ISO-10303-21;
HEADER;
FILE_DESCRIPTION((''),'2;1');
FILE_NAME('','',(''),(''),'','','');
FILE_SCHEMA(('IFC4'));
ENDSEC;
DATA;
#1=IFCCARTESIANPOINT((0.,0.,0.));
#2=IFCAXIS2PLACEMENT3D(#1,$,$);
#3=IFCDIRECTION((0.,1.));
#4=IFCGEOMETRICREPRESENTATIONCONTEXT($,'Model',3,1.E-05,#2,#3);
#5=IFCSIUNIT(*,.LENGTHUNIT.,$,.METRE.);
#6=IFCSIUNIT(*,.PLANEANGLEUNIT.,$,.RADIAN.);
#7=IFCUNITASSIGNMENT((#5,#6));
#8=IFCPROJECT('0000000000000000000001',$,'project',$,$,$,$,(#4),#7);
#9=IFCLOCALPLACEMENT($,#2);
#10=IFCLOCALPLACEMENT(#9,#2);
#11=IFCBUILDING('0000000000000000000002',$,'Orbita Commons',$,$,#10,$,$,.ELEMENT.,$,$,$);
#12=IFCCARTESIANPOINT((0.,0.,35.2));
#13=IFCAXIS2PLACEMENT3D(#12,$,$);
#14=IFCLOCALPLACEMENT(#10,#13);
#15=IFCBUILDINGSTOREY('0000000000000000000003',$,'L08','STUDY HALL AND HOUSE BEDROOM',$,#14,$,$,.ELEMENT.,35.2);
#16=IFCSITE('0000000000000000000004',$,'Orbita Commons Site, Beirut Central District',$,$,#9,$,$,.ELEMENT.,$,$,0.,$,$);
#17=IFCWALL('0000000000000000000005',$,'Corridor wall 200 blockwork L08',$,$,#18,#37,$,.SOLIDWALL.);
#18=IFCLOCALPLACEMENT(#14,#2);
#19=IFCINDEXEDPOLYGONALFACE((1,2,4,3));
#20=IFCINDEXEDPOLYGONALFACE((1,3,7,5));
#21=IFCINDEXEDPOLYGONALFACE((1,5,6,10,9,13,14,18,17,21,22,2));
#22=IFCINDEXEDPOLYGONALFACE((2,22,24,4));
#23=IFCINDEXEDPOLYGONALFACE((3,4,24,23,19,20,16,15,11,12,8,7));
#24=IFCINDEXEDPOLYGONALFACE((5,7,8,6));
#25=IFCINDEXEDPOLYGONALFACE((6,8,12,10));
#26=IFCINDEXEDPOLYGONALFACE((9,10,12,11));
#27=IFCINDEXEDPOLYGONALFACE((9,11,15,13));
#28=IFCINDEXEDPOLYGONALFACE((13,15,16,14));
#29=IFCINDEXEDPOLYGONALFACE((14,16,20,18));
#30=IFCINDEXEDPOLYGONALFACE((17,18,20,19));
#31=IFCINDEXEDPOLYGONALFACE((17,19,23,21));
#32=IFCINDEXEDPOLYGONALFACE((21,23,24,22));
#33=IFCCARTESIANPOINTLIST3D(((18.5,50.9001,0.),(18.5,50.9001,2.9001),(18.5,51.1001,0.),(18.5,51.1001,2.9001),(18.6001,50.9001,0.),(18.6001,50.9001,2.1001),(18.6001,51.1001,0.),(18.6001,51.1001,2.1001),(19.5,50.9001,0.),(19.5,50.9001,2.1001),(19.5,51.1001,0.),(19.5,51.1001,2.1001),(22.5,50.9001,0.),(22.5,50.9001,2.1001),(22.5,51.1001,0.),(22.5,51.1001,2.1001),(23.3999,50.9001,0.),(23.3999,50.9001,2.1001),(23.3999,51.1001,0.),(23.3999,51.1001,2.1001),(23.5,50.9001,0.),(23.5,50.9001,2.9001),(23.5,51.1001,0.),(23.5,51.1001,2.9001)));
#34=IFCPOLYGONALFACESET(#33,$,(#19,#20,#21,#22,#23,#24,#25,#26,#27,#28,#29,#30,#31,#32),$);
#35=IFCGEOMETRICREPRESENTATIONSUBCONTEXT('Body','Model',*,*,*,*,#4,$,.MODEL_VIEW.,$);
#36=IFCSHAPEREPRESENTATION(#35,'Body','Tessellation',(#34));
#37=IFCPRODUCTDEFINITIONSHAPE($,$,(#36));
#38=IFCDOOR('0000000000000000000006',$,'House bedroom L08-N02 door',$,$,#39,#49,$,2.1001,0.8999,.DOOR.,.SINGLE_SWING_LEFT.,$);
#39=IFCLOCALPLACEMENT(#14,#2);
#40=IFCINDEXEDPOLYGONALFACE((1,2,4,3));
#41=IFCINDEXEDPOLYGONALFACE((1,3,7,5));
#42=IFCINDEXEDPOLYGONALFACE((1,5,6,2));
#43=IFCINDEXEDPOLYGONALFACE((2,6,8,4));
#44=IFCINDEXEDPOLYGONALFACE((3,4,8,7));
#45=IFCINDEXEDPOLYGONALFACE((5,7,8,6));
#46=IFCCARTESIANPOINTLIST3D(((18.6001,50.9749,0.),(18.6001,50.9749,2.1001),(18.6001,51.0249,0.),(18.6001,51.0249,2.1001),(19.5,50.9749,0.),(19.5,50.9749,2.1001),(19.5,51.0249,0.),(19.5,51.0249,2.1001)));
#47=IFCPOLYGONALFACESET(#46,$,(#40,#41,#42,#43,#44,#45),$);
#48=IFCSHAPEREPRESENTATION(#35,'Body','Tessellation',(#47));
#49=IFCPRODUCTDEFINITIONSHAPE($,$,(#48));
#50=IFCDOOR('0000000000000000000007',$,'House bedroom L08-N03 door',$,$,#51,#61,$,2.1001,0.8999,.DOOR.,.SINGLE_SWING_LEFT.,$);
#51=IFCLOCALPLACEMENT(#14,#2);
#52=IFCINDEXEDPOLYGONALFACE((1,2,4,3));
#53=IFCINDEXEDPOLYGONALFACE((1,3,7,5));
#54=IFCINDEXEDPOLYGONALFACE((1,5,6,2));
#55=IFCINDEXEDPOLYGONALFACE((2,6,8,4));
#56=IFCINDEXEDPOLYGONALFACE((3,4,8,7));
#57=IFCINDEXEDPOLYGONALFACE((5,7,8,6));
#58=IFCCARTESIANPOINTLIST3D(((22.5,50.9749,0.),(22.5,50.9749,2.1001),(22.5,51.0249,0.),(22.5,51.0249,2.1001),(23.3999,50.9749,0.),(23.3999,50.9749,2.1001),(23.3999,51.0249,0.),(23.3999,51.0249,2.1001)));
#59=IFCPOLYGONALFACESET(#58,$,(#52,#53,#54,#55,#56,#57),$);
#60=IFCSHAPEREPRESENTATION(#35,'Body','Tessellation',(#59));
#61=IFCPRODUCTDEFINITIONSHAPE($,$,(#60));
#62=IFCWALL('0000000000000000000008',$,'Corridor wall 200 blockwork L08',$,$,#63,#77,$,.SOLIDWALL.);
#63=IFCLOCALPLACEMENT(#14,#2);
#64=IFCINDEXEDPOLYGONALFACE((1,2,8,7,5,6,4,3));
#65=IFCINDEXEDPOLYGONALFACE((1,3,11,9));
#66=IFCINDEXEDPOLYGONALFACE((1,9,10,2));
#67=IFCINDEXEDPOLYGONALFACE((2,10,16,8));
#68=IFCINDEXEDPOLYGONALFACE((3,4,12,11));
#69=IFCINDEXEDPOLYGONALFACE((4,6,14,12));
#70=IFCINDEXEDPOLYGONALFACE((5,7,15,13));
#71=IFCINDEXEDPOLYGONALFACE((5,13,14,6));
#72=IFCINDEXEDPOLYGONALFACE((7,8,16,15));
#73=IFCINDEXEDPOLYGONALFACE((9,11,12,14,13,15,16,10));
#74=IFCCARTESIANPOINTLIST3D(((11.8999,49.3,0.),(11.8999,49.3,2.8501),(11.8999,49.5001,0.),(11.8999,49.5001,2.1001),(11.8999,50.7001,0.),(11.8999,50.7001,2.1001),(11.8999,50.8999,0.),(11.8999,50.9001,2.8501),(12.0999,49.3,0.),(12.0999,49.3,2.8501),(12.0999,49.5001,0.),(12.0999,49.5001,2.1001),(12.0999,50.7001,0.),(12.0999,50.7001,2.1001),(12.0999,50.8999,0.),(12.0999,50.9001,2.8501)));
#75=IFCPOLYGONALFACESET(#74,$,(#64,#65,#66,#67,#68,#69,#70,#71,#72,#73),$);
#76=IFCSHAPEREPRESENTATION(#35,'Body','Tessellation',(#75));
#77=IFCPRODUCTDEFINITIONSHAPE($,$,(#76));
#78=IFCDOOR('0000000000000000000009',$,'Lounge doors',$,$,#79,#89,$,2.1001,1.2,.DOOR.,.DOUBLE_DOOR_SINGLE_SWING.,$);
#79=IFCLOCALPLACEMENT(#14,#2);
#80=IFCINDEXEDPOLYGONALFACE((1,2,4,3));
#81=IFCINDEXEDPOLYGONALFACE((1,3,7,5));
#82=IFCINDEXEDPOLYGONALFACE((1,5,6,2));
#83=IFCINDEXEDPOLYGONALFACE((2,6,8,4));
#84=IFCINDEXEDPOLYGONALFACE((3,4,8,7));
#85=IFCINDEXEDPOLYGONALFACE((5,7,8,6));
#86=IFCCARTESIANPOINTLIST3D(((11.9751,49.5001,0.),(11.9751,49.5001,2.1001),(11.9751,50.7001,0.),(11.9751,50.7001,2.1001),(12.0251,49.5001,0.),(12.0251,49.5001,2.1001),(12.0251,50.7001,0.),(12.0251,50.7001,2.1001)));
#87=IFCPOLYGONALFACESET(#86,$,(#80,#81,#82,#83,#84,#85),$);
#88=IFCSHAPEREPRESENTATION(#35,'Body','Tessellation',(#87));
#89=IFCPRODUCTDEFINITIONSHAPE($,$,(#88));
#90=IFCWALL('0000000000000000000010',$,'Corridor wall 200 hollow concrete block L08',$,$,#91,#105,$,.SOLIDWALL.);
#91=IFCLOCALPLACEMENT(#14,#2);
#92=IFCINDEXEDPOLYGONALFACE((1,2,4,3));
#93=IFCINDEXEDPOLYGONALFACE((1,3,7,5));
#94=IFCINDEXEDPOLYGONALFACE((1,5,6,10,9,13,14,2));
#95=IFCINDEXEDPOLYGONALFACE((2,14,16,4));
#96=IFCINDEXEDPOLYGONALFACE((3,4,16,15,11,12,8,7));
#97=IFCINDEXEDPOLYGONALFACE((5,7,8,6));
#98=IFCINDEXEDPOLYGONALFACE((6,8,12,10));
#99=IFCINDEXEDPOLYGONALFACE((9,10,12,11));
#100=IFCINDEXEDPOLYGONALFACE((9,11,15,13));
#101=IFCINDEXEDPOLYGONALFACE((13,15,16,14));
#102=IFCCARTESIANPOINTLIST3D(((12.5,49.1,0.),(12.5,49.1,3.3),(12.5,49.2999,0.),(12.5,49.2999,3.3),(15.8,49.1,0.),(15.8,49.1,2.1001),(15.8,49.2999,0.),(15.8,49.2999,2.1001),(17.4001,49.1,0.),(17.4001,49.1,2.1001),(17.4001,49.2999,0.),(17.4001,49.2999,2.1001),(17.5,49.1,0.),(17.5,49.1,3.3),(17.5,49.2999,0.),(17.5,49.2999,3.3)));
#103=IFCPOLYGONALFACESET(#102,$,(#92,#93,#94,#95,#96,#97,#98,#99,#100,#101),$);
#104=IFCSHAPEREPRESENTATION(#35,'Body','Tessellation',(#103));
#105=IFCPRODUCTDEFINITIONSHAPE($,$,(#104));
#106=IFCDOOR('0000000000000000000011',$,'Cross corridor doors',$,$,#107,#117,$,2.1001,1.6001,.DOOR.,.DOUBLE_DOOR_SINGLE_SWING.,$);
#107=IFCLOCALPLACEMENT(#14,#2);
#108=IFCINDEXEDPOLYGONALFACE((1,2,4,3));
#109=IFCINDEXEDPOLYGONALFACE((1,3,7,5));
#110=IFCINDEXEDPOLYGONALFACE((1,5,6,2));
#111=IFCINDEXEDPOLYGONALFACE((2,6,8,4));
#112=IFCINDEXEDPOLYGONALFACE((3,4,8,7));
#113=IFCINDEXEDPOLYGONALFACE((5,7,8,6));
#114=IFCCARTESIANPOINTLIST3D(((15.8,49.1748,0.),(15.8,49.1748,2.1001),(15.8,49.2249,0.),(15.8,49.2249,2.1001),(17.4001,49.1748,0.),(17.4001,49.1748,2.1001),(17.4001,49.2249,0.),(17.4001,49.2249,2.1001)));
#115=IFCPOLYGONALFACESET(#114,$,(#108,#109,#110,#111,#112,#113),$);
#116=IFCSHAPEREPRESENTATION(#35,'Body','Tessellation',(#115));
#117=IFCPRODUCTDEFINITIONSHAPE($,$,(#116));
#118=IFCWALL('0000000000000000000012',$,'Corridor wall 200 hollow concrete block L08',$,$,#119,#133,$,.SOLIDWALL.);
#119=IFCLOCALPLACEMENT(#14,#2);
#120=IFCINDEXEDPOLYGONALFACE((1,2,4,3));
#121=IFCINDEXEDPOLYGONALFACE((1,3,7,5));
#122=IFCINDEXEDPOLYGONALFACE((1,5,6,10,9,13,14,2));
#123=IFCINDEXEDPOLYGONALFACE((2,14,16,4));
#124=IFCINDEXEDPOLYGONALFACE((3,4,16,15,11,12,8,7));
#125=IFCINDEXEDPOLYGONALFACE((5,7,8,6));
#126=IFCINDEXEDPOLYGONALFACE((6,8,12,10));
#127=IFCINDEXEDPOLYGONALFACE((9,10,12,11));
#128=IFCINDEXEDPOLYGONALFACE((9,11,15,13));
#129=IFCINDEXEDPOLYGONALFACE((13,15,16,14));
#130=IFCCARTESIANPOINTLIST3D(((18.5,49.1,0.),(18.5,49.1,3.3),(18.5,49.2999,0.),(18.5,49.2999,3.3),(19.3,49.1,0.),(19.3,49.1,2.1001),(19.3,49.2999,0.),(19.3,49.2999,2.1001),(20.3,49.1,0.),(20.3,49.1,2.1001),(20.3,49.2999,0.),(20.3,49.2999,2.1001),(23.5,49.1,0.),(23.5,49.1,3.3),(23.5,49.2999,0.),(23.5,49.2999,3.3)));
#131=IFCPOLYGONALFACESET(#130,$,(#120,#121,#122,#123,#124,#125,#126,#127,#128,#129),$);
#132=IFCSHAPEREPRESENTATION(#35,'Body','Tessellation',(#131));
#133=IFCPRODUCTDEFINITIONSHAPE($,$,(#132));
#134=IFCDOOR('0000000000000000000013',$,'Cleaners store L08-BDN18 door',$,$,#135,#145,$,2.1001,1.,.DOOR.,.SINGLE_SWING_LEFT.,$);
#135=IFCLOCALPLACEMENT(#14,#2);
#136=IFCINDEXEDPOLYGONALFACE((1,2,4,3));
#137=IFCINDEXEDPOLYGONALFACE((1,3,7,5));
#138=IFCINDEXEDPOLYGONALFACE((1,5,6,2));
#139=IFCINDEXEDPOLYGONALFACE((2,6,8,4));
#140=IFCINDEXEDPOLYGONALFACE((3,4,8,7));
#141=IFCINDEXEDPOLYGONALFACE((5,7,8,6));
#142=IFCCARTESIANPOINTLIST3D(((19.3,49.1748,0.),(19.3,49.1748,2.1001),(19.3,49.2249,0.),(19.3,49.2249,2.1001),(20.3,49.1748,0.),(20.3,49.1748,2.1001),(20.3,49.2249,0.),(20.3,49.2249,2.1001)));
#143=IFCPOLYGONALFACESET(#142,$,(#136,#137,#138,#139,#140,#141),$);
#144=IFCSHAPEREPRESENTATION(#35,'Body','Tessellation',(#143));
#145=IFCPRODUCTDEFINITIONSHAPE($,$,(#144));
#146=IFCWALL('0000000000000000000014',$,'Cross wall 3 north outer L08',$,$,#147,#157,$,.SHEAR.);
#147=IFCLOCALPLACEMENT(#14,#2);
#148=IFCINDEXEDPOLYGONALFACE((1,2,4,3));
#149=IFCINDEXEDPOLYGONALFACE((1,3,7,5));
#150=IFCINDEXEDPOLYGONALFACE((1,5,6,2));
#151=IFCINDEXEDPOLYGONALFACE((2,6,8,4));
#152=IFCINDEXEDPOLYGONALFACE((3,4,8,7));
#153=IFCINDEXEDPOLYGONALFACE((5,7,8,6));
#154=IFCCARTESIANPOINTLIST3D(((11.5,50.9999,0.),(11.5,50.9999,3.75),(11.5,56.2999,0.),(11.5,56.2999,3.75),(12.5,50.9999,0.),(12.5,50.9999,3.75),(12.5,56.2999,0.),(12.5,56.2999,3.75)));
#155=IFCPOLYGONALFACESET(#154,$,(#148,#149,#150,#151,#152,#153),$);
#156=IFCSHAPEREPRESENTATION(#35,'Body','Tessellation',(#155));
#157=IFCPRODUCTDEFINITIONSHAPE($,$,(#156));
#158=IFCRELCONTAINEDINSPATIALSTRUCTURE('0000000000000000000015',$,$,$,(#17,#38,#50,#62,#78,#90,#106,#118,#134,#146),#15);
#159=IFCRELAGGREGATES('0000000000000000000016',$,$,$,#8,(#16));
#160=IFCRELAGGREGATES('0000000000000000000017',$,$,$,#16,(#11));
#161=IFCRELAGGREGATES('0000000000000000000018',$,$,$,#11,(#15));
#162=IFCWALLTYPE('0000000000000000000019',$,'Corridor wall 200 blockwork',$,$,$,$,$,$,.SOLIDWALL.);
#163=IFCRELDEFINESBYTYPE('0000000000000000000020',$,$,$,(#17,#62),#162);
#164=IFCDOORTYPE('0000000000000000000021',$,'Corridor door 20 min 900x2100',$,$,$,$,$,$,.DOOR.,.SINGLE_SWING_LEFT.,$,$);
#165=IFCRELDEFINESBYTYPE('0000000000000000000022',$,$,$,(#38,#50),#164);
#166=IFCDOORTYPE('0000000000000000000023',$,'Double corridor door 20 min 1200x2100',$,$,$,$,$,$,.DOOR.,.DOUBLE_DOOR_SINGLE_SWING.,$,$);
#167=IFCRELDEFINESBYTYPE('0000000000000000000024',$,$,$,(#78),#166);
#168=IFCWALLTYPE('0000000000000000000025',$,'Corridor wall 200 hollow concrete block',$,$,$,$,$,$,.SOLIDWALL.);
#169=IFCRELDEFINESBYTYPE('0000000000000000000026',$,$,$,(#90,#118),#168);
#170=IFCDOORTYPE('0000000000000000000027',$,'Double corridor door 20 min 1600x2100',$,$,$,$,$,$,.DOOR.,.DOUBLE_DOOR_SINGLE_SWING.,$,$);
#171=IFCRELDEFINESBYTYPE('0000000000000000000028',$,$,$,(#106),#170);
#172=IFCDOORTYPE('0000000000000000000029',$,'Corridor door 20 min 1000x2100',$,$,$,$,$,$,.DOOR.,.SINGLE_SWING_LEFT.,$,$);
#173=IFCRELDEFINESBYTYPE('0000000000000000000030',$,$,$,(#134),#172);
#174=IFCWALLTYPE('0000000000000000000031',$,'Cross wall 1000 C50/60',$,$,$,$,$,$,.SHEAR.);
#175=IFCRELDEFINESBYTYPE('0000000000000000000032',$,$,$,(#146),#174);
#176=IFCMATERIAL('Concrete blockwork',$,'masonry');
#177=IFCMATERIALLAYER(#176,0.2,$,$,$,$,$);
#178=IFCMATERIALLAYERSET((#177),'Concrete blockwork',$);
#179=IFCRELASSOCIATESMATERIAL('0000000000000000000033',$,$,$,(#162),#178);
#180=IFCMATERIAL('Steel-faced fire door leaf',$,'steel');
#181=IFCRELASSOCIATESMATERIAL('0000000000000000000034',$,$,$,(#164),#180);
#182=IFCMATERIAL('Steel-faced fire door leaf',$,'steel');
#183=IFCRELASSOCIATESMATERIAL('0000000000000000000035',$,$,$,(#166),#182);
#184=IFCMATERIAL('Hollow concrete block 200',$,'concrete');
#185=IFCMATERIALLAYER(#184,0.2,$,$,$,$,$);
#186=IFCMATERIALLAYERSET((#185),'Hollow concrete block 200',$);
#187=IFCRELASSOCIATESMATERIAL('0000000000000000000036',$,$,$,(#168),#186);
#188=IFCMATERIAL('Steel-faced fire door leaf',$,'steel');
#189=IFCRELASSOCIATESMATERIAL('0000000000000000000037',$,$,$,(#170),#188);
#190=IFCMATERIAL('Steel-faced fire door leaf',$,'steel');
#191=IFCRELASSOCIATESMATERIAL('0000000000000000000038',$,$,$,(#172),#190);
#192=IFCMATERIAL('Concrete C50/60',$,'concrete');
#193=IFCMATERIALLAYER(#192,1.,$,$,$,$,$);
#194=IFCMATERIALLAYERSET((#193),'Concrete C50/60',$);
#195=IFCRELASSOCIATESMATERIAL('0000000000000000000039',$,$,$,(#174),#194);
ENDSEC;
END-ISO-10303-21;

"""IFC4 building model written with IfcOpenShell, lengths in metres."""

from ifc_helpers import new_model, si_unit, direction, frame, frame_2d, origin, place, context, subcontext, project, spatial, polyline, rectangle, outline, extrude, material, layer, layer_set, type_object, element, fill, save


model = new_model("IFC4")

# Units and contexts
model_context = context("Model", 3, precision=1e-05, world=origin(), true_north=direction((0.0, 1.0)))
body_context = subcontext(model_context, "Body", "Model", "MODEL_VIEW")
ifc_project = project(units=[si_unit("LENGTHUNIT", "METRE"), si_unit("PLANEANGLEUNIT", "RADIAN")], contexts=[model_context])

# Site, building, storey
site_placement = place(None, origin())
site = spatial("IfcSite", under=ifc_project, at=site_placement, Name="Orbita Commons Site, Beirut Central District", CompositionType="ELEMENT", RefElevation=0.0)
building_placement = place(site_placement, origin())
building = spatial("IfcBuilding", under=site, at=building_placement, Name="Orbita Commons", CompositionType="ELEMENT")
storey_placement = place(building_placement, frame((0.0, 0.0, 35.2)))
storey = spatial("IfcBuildingStorey", under=building, at=storey_placement, Name="L08", Description="STUDY HALL AND HOUSE BEDROOM", CompositionType="ELEMENT", Elevation=35.2)

# Wall, openings, doors
ifc_material_1 = material(Name="Concrete blockwork", Category="masonry")
ifc_layer_1 = layer(ifc_material_1, 0.2)
ifc_layer_set_1 = layer_set([ifc_layer_1], Name="Concrete blockwork")
wall_type_1 = type_object("IfcWallType", Name="Corridor wall 200 blockwork", PredefinedType="SOLIDWALL", material=ifc_layer_set_1)
ifc_material_2 = material(Name="Steel-faced fire door leaf", Category="steel")
door_type_1 = type_object("IfcDoorType", Name="Corridor door 20 min 900x2100", OperationType="SINGLE_SWING_LEFT", PredefinedType="DOOR", material=ifc_material_2)
wall_1_placement = place(storey_placement, frame((18.5, 51.0, 0.0), z_axis=(0.0, 0.0, 1.0), x_axis=(1.0, 0.0, 0.0)))
wall_1 = element("IfcWall", 1, at=wall_1_placement, inside=storey, type_object=wall_type_1, Name="Corridor wall 200 blockwork L08", PredefinedType="SOLIDWALL", context=body_context, shape_type="SweptSolid", body=[
    extrude(outline(polyline([(0.0, 0.0), (5.0, 0.0), (5.0, 2.9001), (0.0, 2.9001), (0.0, 0.0)])), frame((0.0, 0.1001, 0.0), z_axis=(0.0, -1.0, 0.0), x_axis=(1.0, 0.0, 0.0)), (0.0, 0.0, 1.0), 0.2),
])
opening_1_placement = place(wall_1_placement, frame((0.1001, 0.0, 0.0)))
opening_1 = element("IfcOpeningElement", 2, at=opening_1_placement, cuts=wall_1, PredefinedType="OPENING", context=body_context, shape_type="SweptSolid", body=[
    extrude(rectangle(XDim=0.8999, YDim=2.1001, at=frame_2d((0.45, 1.05))), frame((0.0, 0.1099, 0.0), z_axis=(0.0, -1.0, 0.0), x_axis=(1.0, 0.0, 0.0)), (0.0, 0.0, 1.0), 0.22),
])
opening_2_placement = place(wall_1_placement, frame((4.0, 0.0, 0.0)))
opening_2 = element("IfcOpeningElement", 3, at=opening_2_placement, cuts=wall_1, PredefinedType="OPENING", context=body_context, shape_type="SweptSolid", body=[
    extrude(rectangle(XDim=0.8999, YDim=2.1001, at=frame_2d((0.45, 1.05))), frame((0.0, 0.1099, 0.0), z_axis=(0.0, -1.0, 0.0), x_axis=(1.0, 0.0, 0.0)), (0.0, 0.0, 1.0), 0.22),
])
door_1_placement = place(opening_1_placement, origin())
door_1 = element("IfcDoor", 4, at=door_1_placement, inside=storey, type_object=door_type_1, Name="House bedroom L08-N02 door", OperationType="SINGLE_SWING_LEFT", OverallHeight=2.1001, OverallWidth=0.8999, PredefinedType="DOOR", context=body_context, shape_type="SweptSolid", body=[
    extrude(rectangle(XDim=0.8999, YDim=2.1001, at=frame_2d((0.45, 1.05))), frame((0.0, 0.0249, 0.0), z_axis=(0.0, -1.0, 0.0), x_axis=(1.0, 0.0, 0.0)), (0.0, 0.0, 1.0), 0.05),
])
fill(opening_1, door_1)
door_2_placement = place(opening_2_placement, origin())
door_2 = element("IfcDoor", 5, at=door_2_placement, inside=storey, type_object=door_type_1, Name="House bedroom L08-N03 door", OperationType="SINGLE_SWING_LEFT", OverallHeight=2.1001, OverallWidth=0.8999, PredefinedType="DOOR", context=body_context, shape_type="SweptSolid", body=[
    extrude(rectangle(XDim=0.8999, YDim=2.1001, at=frame_2d((0.45, 1.05))), frame((0.0, 0.0249, 0.0), z_axis=(0.0, -1.0, 0.0), x_axis=(1.0, 0.0, 0.0)), (0.0, 0.0, 1.0), 0.05),
])
fill(opening_2, door_2)

# Walls, openings, doors
wall_2_placement = place(storey_placement, frame((12.0, 49.3, 0.0), z_axis=(0.0, 0.0, 1.0), x_axis=(0.0, 1.0, 0.0)))
wall_2 = element("IfcWall", 6, at=wall_2_placement, inside=storey, type_object=wall_type_1, Name="Corridor wall 200 blockwork L08", PredefinedType="SOLIDWALL", context=body_context, shape_type="SweptSolid", body=[
    extrude(outline(polyline([(0.0, 0.0), (1.5999, 0.0), (1.6001, 2.8501), (0.0, 2.8501), (0.0, 0.0)])), frame((0.0, 0.1001, 0.0), z_axis=(0.0, -1.0, 0.0), x_axis=(1.0, 0.0, 0.0)), (0.0, 0.0, 1.0), 0.2),
])
opening_3_placement = place(wall_2_placement, frame((0.2, 0.0, 0.0)))
opening_3 = element("IfcOpeningElement", 7, at=opening_3_placement, cuts=wall_2, PredefinedType="OPENING", context=body_context, shape_type="SweptSolid", body=[
    extrude(rectangle(XDim=1.2, YDim=2.1001, at=frame_2d((0.6001, 1.05))), frame((0.0, 0.1099, 0.0), z_axis=(0.0, -1.0, 0.0), x_axis=(1.0, 0.0, 0.0)), (0.0, 0.0, 1.0), 0.22),
])
ifc_material_3 = material(Name="Steel-faced fire door leaf", Category="steel")
door_type_2 = type_object("IfcDoorType", Name="Double corridor door 20 min 1200x2100", OperationType="DOUBLE_DOOR_SINGLE_SWING", PredefinedType="DOOR", material=ifc_material_3)
door_3_placement = place(opening_3_placement, origin())
door_3 = element("IfcDoor", 8, at=door_3_placement, inside=storey, type_object=door_type_2, Name="Lounge doors", OperationType="DOUBLE_DOOR_SINGLE_SWING", OverallHeight=2.1001, OverallWidth=1.2, PredefinedType="DOOR", context=body_context, shape_type="SweptSolid", body=[
    extrude(rectangle(XDim=1.2, YDim=2.1001, at=frame_2d((0.6001, 1.05))), frame((0.0, 0.0249, 0.0), z_axis=(0.0, -1.0, 0.0), x_axis=(1.0, 0.0, 0.0)), (0.0, 0.0, 1.0), 0.05),
])
fill(opening_3, door_3)
ifc_material_4 = material(Name="Hollow concrete block 200", Category="concrete")
ifc_layer_2 = layer(ifc_material_4, 0.2)
ifc_layer_set_2 = layer_set([ifc_layer_2], Name="Hollow concrete block 200")
wall_type_2 = type_object("IfcWallType", Name="Corridor wall 200 hollow concrete block", PredefinedType="SOLIDWALL", material=ifc_layer_set_2)
wall_3_placement = place(storey_placement, frame((12.5, 49.2, 0.0), z_axis=(0.0, 0.0, 1.0), x_axis=(1.0, 0.0, 0.0)))
wall_3 = element("IfcWall", 9, at=wall_3_placement, inside=storey, type_object=wall_type_2, Name="Corridor wall 200 hollow concrete block L08", PredefinedType="SOLIDWALL", context=body_context, shape_type="SweptSolid", body=[
    extrude(rectangle(XDim=5.0, YDim=0.2, at=frame_2d((2.5, 0.0))), origin(), (0.0, 0.0, 1.0), 3.3),
])
opening_4_placement = place(wall_3_placement, frame((3.3, 0.0, 0.0)))
opening_4 = element("IfcOpeningElement", 10, at=opening_4_placement, cuts=wall_3, PredefinedType="OPENING", context=body_context, shape_type="SweptSolid", body=[
    extrude(rectangle(XDim=1.6001, YDim=2.1001, at=frame_2d((0.8, 1.05))), frame((0.0, 0.1099, 0.0), z_axis=(0.0, -1.0, 0.0), x_axis=(1.0, 0.0, 0.0)), (0.0, 0.0, 1.0), 0.22),
])
ifc_material_5 = material(Name="Steel-faced fire door leaf", Category="steel")
door_type_3 = type_object("IfcDoorType", Name="Double corridor door 20 min 1600x2100", OperationType="DOUBLE_DOOR_SINGLE_SWING", PredefinedType="DOOR", material=ifc_material_5)
door_4_placement = place(opening_4_placement, origin())
door_4 = element("IfcDoor", 11, at=door_4_placement, inside=storey, type_object=door_type_3, Name="Cross corridor doors", OperationType="DOUBLE_DOOR_SINGLE_SWING", OverallHeight=2.1001, OverallWidth=1.6001, PredefinedType="DOOR", context=body_context, shape_type="SweptSolid", body=[
    extrude(rectangle(XDim=1.6001, YDim=2.1001, at=frame_2d((0.8, 1.05))), frame((0.0, 0.0249, 0.0), z_axis=(0.0, -1.0, 0.0), x_axis=(1.0, 0.0, 0.0)), (0.0, 0.0, 1.0), 0.05),
])
fill(opening_4, door_4)
wall_4_placement = place(storey_placement, frame((18.5, 49.2, 0.0), z_axis=(0.0, 0.0, 1.0), x_axis=(1.0, 0.0, 0.0)))
wall_4 = element("IfcWall", 12, at=wall_4_placement, inside=storey, type_object=wall_type_2, Name="Corridor wall 200 hollow concrete block L08", PredefinedType="SOLIDWALL", context=body_context, shape_type="SweptSolid", body=[
    extrude(rectangle(XDim=5.0, YDim=0.2, at=frame_2d((2.5, 0.0))), origin(), (0.0, 0.0, 1.0), 3.3),
])
opening_5_placement = place(wall_4_placement, frame((0.8, 0.0, 0.0)))
opening_5 = element("IfcOpeningElement", 13, at=opening_5_placement, cuts=wall_4, PredefinedType="OPENING", context=body_context, shape_type="SweptSolid", body=[
    extrude(rectangle(XDim=1.0, YDim=2.1001, at=frame_2d((0.5, 1.05))), frame((0.0, 0.1099, 0.0), z_axis=(0.0, -1.0, 0.0), x_axis=(1.0, 0.0, 0.0)), (0.0, 0.0, 1.0), 0.22),
])
ifc_material_6 = material(Name="Steel-faced fire door leaf", Category="steel")
door_type_4 = type_object("IfcDoorType", Name="Corridor door 20 min 1000x2100", OperationType="SINGLE_SWING_LEFT", PredefinedType="DOOR", material=ifc_material_6)
door_5_placement = place(opening_5_placement, origin())
door_5 = element("IfcDoor", 14, at=door_5_placement, inside=storey, type_object=door_type_4, Name="Cleaners store L08-BDN18 door", OperationType="SINGLE_SWING_LEFT", OverallHeight=2.1001, OverallWidth=1.0, PredefinedType="DOOR", context=body_context, shape_type="SweptSolid", body=[
    extrude(rectangle(XDim=1.0, YDim=2.1001, at=frame_2d((0.5, 1.05))), frame((0.0, 0.0249, 0.0), z_axis=(0.0, -1.0, 0.0), x_axis=(1.0, 0.0, 0.0)), (0.0, 0.0, 1.0), 0.05),
])
fill(opening_5, door_5)

# Wall
ifc_material_7 = material(Name="Concrete C50/60", Category="concrete")
ifc_layer_3 = layer(ifc_material_7, 1.0)
ifc_layer_set_3 = layer_set([ifc_layer_3], Name="Concrete C50/60")
wall_type_3 = type_object("IfcWallType", Name="Cross wall 1000 C50/60", PredefinedType="SHEAR", material=ifc_layer_set_3)
for number, where, z_axis, x_axis, name in (
    (15, (12.0, 51.0, 0.0), (0.0, 0.0, 1.0), (0.0, 1.0, 0.0), "Cross wall 3 north outer L08"),
):
    element("IfcWall", number, at=place(storey_placement, frame(where, z_axis=z_axis, x_axis=x_axis)), inside=storey, type_object=wall_type_3, Name=name, PredefinedType="SHEAR", context=body_context, shape_type="SweptSolid", body=[
        extrude(rectangle(XDim=5.3, YDim=1.0, at=frame_2d((2.6499, 0.0))), origin(), (0.0, 0.0, 1.0), 3.75),
    ])

save(model, "model.ifc")
